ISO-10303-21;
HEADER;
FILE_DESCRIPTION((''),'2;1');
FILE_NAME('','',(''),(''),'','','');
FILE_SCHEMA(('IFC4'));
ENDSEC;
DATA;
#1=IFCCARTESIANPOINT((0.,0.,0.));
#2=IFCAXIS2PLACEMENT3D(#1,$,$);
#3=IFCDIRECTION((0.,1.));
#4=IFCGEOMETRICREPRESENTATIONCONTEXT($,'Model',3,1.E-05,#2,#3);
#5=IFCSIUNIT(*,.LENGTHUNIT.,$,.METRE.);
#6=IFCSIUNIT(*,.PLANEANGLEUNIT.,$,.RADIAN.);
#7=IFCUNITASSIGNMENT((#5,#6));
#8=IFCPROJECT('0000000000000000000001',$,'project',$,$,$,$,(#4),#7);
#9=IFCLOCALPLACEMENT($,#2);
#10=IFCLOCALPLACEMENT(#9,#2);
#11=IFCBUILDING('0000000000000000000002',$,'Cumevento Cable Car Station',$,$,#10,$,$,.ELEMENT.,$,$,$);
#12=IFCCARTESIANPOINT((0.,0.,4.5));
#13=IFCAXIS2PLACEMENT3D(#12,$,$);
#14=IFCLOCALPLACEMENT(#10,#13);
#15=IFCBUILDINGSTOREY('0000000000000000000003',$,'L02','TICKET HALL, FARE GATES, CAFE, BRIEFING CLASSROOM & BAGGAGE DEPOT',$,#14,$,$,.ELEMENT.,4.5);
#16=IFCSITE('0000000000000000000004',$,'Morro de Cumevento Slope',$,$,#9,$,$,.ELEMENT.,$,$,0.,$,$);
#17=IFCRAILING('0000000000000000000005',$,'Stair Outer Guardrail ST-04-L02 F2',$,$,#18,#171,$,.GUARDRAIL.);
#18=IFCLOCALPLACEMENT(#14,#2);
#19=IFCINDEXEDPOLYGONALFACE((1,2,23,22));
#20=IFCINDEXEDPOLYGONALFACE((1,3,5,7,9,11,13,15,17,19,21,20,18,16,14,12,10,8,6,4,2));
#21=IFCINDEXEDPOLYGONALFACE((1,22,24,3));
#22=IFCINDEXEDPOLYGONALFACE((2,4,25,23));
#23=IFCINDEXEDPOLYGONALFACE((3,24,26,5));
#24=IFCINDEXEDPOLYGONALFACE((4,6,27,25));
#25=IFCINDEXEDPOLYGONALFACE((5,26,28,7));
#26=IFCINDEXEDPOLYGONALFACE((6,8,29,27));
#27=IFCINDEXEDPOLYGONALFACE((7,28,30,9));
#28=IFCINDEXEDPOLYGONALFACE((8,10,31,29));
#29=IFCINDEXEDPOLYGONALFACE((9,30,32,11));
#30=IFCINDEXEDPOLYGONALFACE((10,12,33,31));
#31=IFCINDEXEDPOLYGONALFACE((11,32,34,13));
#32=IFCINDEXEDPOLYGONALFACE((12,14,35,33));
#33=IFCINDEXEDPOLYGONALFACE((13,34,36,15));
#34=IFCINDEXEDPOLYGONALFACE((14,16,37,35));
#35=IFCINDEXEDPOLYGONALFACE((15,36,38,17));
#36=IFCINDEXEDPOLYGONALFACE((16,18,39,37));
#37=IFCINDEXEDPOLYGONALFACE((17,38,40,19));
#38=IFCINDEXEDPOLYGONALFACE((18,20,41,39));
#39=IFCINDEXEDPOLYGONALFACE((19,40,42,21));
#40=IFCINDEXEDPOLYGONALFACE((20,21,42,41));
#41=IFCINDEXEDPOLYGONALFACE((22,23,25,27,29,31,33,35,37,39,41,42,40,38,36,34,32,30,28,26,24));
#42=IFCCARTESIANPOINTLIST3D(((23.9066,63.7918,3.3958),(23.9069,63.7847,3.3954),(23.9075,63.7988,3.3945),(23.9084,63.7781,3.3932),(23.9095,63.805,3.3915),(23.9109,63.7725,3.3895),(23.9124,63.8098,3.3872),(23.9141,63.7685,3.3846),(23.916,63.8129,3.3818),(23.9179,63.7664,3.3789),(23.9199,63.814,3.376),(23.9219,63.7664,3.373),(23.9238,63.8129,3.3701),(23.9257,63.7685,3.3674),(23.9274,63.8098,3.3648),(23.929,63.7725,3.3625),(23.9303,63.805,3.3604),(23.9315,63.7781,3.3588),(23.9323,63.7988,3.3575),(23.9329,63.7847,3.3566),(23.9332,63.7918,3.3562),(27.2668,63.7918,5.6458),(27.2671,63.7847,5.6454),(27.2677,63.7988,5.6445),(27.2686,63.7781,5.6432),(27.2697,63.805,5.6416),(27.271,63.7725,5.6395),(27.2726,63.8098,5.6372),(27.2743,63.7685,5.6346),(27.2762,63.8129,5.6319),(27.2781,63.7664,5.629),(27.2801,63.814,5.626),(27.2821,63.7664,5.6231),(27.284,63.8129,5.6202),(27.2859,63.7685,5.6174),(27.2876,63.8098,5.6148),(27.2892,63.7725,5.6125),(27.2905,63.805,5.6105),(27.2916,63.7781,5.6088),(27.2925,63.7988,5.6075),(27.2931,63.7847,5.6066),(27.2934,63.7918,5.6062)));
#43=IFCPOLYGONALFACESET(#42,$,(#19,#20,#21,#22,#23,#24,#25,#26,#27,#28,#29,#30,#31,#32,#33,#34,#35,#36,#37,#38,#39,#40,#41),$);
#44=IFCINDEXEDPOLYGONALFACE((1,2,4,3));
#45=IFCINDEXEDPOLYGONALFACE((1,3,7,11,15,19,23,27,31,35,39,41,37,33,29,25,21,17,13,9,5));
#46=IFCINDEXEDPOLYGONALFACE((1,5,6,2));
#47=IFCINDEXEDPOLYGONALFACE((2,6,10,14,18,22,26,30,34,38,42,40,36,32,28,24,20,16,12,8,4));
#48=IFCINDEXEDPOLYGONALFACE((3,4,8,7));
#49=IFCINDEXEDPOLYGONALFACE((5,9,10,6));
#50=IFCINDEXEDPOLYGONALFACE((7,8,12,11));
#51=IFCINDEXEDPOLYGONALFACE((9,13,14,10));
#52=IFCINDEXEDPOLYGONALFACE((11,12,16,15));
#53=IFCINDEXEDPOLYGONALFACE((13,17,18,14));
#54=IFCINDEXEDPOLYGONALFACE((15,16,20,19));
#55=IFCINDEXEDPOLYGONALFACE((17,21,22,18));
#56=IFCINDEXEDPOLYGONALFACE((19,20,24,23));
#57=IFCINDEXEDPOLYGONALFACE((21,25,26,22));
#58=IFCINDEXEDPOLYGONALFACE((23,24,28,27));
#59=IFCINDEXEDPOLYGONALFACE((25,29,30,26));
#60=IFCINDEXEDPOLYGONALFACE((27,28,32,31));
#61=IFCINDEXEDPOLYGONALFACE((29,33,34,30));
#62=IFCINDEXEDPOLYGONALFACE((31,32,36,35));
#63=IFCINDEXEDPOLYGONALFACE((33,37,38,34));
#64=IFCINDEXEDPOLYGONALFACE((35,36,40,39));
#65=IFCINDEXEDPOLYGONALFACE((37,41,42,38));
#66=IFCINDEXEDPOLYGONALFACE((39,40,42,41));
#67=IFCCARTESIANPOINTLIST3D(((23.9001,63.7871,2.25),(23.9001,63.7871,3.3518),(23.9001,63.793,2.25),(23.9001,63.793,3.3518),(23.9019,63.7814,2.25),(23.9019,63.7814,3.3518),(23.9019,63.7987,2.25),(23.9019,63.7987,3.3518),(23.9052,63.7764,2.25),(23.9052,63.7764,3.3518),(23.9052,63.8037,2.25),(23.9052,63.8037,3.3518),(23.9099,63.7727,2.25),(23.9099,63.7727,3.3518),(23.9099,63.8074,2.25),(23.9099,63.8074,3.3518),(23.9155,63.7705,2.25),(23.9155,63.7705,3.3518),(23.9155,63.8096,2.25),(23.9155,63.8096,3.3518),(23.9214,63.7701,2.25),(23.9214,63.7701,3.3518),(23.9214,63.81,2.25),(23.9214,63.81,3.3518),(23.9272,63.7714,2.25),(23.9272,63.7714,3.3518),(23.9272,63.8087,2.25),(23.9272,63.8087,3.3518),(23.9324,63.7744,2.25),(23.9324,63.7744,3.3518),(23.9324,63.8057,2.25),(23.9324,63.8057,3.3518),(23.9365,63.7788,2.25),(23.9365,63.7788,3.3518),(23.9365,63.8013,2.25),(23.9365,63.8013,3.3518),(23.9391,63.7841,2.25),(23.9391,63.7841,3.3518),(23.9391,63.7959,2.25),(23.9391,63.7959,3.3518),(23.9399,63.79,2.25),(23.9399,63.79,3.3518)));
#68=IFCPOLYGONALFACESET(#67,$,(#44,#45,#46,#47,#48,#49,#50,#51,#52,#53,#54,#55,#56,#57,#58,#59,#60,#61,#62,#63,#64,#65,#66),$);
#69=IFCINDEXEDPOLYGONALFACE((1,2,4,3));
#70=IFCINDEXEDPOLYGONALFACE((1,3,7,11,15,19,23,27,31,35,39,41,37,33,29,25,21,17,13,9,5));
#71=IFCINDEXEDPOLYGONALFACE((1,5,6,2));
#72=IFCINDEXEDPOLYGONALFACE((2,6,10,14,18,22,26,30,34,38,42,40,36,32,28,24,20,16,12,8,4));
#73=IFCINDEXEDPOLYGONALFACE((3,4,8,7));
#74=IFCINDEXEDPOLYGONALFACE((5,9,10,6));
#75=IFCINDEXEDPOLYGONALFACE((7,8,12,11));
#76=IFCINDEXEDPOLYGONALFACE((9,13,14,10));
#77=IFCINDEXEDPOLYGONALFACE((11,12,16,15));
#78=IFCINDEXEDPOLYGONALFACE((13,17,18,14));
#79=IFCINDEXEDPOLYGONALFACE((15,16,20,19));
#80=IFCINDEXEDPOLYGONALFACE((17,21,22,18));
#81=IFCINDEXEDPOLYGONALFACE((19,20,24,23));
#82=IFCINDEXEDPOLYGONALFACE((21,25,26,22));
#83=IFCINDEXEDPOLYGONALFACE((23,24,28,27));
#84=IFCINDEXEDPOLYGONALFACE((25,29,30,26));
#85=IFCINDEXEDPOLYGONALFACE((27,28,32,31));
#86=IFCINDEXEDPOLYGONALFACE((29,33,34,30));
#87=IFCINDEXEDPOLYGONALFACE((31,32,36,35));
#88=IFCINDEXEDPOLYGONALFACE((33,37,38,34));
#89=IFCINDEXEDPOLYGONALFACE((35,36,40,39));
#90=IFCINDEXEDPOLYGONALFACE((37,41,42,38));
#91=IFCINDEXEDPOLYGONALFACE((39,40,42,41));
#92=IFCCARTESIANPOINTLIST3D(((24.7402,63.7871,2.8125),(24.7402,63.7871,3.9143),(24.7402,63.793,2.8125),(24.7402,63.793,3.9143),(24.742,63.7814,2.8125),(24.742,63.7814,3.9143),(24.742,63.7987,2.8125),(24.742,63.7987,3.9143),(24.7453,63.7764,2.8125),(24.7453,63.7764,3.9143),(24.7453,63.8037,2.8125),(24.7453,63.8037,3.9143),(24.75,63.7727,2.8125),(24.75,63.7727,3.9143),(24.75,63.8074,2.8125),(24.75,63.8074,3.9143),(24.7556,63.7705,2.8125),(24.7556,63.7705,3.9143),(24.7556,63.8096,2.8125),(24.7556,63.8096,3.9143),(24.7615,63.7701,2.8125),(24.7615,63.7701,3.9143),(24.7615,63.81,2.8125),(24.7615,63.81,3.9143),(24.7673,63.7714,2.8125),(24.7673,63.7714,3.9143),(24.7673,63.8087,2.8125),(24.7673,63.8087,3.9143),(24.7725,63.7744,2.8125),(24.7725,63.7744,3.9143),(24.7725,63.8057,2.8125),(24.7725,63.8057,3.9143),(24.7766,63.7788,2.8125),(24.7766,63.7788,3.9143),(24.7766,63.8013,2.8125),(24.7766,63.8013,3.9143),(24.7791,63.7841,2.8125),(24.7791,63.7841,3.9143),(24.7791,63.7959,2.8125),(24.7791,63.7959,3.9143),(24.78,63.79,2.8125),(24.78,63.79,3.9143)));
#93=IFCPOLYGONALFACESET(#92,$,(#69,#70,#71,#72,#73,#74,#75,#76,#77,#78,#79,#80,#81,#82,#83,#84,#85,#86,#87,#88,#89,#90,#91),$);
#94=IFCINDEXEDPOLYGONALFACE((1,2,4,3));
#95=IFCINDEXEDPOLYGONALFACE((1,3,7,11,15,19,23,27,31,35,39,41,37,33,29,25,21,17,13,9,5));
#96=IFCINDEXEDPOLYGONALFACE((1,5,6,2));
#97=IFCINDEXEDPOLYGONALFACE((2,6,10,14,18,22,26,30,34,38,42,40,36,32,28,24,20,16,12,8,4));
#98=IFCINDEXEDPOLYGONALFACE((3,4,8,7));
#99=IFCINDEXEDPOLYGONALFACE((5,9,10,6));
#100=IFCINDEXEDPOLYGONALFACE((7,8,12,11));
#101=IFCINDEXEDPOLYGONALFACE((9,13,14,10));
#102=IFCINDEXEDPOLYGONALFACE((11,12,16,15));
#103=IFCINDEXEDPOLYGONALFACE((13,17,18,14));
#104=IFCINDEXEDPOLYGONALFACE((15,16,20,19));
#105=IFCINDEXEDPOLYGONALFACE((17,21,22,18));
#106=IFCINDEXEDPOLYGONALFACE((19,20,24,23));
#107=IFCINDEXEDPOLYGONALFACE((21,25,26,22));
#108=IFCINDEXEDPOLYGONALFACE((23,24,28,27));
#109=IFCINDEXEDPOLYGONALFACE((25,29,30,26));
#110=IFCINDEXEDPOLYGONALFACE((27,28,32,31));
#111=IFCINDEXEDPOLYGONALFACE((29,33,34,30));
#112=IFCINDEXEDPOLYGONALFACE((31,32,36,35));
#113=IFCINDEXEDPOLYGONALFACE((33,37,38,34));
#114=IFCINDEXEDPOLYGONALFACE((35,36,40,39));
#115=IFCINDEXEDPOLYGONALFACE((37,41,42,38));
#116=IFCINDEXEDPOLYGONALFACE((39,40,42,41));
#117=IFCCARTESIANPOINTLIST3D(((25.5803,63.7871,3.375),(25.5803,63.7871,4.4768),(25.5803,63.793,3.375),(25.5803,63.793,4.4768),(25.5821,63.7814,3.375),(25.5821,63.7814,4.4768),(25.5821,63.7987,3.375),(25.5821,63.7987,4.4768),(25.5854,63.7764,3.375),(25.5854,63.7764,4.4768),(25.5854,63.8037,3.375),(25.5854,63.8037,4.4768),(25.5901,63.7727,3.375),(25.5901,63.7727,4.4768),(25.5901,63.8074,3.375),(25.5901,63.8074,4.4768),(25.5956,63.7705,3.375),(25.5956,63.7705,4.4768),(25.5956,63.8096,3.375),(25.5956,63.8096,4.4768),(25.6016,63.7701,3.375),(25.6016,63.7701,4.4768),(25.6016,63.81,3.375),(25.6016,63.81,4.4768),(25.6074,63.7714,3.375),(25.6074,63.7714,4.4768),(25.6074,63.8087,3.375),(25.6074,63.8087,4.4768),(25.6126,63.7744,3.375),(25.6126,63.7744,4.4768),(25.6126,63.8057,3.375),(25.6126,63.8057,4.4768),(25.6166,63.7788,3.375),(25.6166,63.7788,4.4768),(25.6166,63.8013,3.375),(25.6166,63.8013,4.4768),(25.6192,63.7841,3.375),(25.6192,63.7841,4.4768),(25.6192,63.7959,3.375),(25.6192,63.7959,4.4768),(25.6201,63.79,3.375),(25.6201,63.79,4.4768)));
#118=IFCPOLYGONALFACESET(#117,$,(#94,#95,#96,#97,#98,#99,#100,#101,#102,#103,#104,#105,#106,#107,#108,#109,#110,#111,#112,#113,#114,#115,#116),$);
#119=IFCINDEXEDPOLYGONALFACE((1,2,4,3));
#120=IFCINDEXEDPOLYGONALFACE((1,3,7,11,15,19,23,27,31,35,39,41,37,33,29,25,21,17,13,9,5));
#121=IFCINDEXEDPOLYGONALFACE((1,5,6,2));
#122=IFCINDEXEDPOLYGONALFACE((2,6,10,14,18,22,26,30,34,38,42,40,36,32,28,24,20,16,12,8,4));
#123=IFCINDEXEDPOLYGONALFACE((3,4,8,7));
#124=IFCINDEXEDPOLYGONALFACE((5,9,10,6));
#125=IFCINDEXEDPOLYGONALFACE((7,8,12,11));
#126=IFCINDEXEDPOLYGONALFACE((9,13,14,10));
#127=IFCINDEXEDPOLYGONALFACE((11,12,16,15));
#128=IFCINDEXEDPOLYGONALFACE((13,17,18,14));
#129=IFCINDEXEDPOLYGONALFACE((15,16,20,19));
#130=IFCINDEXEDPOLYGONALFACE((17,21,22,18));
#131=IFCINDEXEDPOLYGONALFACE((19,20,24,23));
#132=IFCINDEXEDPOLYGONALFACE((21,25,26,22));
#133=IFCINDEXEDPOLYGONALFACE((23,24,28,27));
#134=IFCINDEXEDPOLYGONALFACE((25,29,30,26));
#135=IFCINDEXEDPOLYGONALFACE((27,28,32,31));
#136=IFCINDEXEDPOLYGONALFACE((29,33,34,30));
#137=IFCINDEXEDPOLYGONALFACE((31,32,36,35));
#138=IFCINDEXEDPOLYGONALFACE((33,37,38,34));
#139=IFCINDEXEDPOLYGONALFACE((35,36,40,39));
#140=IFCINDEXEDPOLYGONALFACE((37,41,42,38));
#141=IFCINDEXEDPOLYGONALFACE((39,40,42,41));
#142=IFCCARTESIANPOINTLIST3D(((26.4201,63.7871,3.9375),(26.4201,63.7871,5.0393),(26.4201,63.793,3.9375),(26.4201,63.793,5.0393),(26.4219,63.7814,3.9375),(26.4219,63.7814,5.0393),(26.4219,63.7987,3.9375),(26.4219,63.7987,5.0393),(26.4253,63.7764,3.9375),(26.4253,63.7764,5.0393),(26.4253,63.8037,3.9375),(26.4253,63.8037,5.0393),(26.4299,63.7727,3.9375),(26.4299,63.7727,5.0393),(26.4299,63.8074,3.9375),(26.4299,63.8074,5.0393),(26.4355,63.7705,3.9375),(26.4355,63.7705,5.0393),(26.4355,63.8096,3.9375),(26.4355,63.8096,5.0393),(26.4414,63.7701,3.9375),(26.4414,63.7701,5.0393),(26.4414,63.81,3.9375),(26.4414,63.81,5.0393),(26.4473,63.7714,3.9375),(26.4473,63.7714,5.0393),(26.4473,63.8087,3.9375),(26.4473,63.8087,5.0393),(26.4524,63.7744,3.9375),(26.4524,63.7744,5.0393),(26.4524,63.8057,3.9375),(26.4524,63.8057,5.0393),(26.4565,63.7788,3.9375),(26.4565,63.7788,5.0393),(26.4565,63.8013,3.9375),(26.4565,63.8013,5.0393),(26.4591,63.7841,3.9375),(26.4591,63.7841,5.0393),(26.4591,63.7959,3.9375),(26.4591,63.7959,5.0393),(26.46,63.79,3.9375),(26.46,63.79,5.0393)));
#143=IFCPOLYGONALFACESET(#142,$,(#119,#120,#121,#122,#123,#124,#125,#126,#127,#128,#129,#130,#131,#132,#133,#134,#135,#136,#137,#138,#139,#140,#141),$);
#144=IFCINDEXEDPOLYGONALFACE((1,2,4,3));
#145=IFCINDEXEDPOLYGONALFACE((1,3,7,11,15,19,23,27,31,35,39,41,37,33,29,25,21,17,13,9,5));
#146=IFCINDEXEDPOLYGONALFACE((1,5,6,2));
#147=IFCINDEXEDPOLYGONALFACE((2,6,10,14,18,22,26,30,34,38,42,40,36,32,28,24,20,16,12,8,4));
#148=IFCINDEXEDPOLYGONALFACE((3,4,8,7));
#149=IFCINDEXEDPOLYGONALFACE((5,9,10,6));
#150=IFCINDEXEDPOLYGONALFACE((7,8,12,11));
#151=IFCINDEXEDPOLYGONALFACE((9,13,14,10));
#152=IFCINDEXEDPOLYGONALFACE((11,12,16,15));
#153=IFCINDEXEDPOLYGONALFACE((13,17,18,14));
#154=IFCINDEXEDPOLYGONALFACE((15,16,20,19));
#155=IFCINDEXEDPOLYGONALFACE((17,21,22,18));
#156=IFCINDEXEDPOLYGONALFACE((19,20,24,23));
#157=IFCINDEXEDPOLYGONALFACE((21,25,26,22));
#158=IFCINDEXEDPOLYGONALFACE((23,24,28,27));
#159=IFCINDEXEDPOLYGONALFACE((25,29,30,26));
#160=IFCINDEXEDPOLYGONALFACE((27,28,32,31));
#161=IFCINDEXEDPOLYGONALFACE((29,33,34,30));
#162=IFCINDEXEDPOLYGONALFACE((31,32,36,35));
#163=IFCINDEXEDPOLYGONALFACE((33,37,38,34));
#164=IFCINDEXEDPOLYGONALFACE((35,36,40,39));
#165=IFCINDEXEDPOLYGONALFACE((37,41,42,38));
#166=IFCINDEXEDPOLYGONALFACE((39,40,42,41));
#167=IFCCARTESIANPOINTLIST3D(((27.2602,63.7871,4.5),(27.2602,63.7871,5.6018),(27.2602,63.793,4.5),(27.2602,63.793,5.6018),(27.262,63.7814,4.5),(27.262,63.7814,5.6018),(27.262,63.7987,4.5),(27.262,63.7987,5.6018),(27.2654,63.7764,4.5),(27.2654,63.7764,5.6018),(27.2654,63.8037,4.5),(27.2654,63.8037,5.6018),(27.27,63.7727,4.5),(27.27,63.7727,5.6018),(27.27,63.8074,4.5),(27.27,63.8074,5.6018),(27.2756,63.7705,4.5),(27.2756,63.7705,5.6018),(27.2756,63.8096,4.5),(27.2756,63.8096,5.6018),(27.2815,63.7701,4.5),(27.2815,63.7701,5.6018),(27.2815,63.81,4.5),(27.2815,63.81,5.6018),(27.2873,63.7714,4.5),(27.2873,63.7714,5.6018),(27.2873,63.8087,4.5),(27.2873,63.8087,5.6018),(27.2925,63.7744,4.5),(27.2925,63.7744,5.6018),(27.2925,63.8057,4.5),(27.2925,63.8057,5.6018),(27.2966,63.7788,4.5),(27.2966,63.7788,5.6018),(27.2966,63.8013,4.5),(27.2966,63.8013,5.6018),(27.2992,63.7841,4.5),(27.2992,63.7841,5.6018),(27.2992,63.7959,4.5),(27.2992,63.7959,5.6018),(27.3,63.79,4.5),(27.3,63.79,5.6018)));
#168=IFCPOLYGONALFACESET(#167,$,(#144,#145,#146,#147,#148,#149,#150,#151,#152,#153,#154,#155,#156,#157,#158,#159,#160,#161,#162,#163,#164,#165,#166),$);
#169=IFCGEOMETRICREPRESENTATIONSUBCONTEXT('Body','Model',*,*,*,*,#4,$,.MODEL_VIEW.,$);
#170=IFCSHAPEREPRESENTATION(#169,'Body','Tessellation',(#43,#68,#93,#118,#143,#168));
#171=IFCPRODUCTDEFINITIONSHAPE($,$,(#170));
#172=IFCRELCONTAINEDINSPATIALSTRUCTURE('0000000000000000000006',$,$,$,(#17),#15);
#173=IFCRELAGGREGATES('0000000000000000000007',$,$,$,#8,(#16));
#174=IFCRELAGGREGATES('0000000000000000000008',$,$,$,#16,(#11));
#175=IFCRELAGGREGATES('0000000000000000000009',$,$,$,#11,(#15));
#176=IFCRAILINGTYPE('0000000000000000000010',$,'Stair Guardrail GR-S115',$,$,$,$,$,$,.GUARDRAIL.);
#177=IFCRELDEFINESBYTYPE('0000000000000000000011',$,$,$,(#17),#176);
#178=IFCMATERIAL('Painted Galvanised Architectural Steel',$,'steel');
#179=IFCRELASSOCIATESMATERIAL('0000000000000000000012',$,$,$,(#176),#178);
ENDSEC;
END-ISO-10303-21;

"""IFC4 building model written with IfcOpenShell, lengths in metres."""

from ifc_helpers import new_model, si_unit, direction, frame, origin, origin_2d, place, context, subcontext, project, spatial, circle, extrude, material, type_object, element, save


model = new_model("IFC4")

# Units and contexts
model_context = context("Model", 3, precision=1e-05, world=origin(), true_north=direction((0.0, 1.0)))
body_context = subcontext(model_context, "Body", "Model", "MODEL_VIEW")
ifc_project = project(units=[si_unit("LENGTHUNIT", "METRE"), si_unit("PLANEANGLEUNIT", "RADIAN")], contexts=[model_context])

# Site, building, storey
site_placement = place(None, origin())
site = spatial("IfcSite", under=ifc_project, at=site_placement, Name="Morro de Cumevento Slope", CompositionType="ELEMENT", RefElevation=0.0)
building_placement = place(site_placement, origin())
building = spatial("IfcBuilding", under=site, at=building_placement, Name="Cumevento Cable Car Station", CompositionType="ELEMENT")
storey_placement = place(building_placement, frame((0.0, 0.0, 4.5)))
storey = spatial("IfcBuildingStorey", under=building, at=storey_placement, Name="L02", Description="TICKET HALL, FARE GATES, CAFE, BRIEFING CLASSROOM & BAGGAGE DEPOT", CompositionType="ELEMENT", Elevation=4.5)

# Railing
ifc_material_1 = material(Name="Painted Galvanised Architectural Steel", Category="steel")
railing_type_1 = type_object("IfcRailingType", Name="Stair Guardrail GR-S115", PredefinedType="GUARDRAIL", material=ifc_material_1)
railing_1_placement = place(storey_placement, frame((23.9199, 63.79, 2.25)))
element("IfcRailing", 1, at=railing_1_placement, inside=storey, type_object=railing_type_1, Name="Stair Outer Guardrail ST-04-L02 F2", PredefinedType="GUARDRAIL", context=body_context, shape_type="SweptSolid", body=[
    extrude(circle(Radius=0.0239, at=origin_2d()), frame((0.0, 0.0, 1.126), z_axis=(0.830915, 0.0, 0.556399), x_axis=(0.0, 1.0, 0.0)), (0.0, 0.0, 1.0), 4.0439),
    extrude(circle(Radius=0.02, at=origin_2d()), origin(), (0.0, 0.0, 1.0), 1.1018),
    extrude(circle(Radius=0.02, at=origin_2d()), frame((0.8401, 0.0, 0.5625)), (0.0, 0.0, 1.0), 1.1018),
    extrude(circle(Radius=0.02, at=origin_2d()), frame((1.6802, 0.0, 1.125)), (0.0, 0.0, 1.0), 1.1018),
    extrude(circle(Radius=0.02, at=origin_2d()), frame((2.52, 0.0, 1.6875)), (0.0, 0.0, 1.0), 1.1018),
    extrude(circle(Radius=0.02, at=origin_2d()), frame((3.3601, 0.0, 2.25)), (0.0, 0.0, 1.0), 1.1018),
])

save(model, "model.ifc")
